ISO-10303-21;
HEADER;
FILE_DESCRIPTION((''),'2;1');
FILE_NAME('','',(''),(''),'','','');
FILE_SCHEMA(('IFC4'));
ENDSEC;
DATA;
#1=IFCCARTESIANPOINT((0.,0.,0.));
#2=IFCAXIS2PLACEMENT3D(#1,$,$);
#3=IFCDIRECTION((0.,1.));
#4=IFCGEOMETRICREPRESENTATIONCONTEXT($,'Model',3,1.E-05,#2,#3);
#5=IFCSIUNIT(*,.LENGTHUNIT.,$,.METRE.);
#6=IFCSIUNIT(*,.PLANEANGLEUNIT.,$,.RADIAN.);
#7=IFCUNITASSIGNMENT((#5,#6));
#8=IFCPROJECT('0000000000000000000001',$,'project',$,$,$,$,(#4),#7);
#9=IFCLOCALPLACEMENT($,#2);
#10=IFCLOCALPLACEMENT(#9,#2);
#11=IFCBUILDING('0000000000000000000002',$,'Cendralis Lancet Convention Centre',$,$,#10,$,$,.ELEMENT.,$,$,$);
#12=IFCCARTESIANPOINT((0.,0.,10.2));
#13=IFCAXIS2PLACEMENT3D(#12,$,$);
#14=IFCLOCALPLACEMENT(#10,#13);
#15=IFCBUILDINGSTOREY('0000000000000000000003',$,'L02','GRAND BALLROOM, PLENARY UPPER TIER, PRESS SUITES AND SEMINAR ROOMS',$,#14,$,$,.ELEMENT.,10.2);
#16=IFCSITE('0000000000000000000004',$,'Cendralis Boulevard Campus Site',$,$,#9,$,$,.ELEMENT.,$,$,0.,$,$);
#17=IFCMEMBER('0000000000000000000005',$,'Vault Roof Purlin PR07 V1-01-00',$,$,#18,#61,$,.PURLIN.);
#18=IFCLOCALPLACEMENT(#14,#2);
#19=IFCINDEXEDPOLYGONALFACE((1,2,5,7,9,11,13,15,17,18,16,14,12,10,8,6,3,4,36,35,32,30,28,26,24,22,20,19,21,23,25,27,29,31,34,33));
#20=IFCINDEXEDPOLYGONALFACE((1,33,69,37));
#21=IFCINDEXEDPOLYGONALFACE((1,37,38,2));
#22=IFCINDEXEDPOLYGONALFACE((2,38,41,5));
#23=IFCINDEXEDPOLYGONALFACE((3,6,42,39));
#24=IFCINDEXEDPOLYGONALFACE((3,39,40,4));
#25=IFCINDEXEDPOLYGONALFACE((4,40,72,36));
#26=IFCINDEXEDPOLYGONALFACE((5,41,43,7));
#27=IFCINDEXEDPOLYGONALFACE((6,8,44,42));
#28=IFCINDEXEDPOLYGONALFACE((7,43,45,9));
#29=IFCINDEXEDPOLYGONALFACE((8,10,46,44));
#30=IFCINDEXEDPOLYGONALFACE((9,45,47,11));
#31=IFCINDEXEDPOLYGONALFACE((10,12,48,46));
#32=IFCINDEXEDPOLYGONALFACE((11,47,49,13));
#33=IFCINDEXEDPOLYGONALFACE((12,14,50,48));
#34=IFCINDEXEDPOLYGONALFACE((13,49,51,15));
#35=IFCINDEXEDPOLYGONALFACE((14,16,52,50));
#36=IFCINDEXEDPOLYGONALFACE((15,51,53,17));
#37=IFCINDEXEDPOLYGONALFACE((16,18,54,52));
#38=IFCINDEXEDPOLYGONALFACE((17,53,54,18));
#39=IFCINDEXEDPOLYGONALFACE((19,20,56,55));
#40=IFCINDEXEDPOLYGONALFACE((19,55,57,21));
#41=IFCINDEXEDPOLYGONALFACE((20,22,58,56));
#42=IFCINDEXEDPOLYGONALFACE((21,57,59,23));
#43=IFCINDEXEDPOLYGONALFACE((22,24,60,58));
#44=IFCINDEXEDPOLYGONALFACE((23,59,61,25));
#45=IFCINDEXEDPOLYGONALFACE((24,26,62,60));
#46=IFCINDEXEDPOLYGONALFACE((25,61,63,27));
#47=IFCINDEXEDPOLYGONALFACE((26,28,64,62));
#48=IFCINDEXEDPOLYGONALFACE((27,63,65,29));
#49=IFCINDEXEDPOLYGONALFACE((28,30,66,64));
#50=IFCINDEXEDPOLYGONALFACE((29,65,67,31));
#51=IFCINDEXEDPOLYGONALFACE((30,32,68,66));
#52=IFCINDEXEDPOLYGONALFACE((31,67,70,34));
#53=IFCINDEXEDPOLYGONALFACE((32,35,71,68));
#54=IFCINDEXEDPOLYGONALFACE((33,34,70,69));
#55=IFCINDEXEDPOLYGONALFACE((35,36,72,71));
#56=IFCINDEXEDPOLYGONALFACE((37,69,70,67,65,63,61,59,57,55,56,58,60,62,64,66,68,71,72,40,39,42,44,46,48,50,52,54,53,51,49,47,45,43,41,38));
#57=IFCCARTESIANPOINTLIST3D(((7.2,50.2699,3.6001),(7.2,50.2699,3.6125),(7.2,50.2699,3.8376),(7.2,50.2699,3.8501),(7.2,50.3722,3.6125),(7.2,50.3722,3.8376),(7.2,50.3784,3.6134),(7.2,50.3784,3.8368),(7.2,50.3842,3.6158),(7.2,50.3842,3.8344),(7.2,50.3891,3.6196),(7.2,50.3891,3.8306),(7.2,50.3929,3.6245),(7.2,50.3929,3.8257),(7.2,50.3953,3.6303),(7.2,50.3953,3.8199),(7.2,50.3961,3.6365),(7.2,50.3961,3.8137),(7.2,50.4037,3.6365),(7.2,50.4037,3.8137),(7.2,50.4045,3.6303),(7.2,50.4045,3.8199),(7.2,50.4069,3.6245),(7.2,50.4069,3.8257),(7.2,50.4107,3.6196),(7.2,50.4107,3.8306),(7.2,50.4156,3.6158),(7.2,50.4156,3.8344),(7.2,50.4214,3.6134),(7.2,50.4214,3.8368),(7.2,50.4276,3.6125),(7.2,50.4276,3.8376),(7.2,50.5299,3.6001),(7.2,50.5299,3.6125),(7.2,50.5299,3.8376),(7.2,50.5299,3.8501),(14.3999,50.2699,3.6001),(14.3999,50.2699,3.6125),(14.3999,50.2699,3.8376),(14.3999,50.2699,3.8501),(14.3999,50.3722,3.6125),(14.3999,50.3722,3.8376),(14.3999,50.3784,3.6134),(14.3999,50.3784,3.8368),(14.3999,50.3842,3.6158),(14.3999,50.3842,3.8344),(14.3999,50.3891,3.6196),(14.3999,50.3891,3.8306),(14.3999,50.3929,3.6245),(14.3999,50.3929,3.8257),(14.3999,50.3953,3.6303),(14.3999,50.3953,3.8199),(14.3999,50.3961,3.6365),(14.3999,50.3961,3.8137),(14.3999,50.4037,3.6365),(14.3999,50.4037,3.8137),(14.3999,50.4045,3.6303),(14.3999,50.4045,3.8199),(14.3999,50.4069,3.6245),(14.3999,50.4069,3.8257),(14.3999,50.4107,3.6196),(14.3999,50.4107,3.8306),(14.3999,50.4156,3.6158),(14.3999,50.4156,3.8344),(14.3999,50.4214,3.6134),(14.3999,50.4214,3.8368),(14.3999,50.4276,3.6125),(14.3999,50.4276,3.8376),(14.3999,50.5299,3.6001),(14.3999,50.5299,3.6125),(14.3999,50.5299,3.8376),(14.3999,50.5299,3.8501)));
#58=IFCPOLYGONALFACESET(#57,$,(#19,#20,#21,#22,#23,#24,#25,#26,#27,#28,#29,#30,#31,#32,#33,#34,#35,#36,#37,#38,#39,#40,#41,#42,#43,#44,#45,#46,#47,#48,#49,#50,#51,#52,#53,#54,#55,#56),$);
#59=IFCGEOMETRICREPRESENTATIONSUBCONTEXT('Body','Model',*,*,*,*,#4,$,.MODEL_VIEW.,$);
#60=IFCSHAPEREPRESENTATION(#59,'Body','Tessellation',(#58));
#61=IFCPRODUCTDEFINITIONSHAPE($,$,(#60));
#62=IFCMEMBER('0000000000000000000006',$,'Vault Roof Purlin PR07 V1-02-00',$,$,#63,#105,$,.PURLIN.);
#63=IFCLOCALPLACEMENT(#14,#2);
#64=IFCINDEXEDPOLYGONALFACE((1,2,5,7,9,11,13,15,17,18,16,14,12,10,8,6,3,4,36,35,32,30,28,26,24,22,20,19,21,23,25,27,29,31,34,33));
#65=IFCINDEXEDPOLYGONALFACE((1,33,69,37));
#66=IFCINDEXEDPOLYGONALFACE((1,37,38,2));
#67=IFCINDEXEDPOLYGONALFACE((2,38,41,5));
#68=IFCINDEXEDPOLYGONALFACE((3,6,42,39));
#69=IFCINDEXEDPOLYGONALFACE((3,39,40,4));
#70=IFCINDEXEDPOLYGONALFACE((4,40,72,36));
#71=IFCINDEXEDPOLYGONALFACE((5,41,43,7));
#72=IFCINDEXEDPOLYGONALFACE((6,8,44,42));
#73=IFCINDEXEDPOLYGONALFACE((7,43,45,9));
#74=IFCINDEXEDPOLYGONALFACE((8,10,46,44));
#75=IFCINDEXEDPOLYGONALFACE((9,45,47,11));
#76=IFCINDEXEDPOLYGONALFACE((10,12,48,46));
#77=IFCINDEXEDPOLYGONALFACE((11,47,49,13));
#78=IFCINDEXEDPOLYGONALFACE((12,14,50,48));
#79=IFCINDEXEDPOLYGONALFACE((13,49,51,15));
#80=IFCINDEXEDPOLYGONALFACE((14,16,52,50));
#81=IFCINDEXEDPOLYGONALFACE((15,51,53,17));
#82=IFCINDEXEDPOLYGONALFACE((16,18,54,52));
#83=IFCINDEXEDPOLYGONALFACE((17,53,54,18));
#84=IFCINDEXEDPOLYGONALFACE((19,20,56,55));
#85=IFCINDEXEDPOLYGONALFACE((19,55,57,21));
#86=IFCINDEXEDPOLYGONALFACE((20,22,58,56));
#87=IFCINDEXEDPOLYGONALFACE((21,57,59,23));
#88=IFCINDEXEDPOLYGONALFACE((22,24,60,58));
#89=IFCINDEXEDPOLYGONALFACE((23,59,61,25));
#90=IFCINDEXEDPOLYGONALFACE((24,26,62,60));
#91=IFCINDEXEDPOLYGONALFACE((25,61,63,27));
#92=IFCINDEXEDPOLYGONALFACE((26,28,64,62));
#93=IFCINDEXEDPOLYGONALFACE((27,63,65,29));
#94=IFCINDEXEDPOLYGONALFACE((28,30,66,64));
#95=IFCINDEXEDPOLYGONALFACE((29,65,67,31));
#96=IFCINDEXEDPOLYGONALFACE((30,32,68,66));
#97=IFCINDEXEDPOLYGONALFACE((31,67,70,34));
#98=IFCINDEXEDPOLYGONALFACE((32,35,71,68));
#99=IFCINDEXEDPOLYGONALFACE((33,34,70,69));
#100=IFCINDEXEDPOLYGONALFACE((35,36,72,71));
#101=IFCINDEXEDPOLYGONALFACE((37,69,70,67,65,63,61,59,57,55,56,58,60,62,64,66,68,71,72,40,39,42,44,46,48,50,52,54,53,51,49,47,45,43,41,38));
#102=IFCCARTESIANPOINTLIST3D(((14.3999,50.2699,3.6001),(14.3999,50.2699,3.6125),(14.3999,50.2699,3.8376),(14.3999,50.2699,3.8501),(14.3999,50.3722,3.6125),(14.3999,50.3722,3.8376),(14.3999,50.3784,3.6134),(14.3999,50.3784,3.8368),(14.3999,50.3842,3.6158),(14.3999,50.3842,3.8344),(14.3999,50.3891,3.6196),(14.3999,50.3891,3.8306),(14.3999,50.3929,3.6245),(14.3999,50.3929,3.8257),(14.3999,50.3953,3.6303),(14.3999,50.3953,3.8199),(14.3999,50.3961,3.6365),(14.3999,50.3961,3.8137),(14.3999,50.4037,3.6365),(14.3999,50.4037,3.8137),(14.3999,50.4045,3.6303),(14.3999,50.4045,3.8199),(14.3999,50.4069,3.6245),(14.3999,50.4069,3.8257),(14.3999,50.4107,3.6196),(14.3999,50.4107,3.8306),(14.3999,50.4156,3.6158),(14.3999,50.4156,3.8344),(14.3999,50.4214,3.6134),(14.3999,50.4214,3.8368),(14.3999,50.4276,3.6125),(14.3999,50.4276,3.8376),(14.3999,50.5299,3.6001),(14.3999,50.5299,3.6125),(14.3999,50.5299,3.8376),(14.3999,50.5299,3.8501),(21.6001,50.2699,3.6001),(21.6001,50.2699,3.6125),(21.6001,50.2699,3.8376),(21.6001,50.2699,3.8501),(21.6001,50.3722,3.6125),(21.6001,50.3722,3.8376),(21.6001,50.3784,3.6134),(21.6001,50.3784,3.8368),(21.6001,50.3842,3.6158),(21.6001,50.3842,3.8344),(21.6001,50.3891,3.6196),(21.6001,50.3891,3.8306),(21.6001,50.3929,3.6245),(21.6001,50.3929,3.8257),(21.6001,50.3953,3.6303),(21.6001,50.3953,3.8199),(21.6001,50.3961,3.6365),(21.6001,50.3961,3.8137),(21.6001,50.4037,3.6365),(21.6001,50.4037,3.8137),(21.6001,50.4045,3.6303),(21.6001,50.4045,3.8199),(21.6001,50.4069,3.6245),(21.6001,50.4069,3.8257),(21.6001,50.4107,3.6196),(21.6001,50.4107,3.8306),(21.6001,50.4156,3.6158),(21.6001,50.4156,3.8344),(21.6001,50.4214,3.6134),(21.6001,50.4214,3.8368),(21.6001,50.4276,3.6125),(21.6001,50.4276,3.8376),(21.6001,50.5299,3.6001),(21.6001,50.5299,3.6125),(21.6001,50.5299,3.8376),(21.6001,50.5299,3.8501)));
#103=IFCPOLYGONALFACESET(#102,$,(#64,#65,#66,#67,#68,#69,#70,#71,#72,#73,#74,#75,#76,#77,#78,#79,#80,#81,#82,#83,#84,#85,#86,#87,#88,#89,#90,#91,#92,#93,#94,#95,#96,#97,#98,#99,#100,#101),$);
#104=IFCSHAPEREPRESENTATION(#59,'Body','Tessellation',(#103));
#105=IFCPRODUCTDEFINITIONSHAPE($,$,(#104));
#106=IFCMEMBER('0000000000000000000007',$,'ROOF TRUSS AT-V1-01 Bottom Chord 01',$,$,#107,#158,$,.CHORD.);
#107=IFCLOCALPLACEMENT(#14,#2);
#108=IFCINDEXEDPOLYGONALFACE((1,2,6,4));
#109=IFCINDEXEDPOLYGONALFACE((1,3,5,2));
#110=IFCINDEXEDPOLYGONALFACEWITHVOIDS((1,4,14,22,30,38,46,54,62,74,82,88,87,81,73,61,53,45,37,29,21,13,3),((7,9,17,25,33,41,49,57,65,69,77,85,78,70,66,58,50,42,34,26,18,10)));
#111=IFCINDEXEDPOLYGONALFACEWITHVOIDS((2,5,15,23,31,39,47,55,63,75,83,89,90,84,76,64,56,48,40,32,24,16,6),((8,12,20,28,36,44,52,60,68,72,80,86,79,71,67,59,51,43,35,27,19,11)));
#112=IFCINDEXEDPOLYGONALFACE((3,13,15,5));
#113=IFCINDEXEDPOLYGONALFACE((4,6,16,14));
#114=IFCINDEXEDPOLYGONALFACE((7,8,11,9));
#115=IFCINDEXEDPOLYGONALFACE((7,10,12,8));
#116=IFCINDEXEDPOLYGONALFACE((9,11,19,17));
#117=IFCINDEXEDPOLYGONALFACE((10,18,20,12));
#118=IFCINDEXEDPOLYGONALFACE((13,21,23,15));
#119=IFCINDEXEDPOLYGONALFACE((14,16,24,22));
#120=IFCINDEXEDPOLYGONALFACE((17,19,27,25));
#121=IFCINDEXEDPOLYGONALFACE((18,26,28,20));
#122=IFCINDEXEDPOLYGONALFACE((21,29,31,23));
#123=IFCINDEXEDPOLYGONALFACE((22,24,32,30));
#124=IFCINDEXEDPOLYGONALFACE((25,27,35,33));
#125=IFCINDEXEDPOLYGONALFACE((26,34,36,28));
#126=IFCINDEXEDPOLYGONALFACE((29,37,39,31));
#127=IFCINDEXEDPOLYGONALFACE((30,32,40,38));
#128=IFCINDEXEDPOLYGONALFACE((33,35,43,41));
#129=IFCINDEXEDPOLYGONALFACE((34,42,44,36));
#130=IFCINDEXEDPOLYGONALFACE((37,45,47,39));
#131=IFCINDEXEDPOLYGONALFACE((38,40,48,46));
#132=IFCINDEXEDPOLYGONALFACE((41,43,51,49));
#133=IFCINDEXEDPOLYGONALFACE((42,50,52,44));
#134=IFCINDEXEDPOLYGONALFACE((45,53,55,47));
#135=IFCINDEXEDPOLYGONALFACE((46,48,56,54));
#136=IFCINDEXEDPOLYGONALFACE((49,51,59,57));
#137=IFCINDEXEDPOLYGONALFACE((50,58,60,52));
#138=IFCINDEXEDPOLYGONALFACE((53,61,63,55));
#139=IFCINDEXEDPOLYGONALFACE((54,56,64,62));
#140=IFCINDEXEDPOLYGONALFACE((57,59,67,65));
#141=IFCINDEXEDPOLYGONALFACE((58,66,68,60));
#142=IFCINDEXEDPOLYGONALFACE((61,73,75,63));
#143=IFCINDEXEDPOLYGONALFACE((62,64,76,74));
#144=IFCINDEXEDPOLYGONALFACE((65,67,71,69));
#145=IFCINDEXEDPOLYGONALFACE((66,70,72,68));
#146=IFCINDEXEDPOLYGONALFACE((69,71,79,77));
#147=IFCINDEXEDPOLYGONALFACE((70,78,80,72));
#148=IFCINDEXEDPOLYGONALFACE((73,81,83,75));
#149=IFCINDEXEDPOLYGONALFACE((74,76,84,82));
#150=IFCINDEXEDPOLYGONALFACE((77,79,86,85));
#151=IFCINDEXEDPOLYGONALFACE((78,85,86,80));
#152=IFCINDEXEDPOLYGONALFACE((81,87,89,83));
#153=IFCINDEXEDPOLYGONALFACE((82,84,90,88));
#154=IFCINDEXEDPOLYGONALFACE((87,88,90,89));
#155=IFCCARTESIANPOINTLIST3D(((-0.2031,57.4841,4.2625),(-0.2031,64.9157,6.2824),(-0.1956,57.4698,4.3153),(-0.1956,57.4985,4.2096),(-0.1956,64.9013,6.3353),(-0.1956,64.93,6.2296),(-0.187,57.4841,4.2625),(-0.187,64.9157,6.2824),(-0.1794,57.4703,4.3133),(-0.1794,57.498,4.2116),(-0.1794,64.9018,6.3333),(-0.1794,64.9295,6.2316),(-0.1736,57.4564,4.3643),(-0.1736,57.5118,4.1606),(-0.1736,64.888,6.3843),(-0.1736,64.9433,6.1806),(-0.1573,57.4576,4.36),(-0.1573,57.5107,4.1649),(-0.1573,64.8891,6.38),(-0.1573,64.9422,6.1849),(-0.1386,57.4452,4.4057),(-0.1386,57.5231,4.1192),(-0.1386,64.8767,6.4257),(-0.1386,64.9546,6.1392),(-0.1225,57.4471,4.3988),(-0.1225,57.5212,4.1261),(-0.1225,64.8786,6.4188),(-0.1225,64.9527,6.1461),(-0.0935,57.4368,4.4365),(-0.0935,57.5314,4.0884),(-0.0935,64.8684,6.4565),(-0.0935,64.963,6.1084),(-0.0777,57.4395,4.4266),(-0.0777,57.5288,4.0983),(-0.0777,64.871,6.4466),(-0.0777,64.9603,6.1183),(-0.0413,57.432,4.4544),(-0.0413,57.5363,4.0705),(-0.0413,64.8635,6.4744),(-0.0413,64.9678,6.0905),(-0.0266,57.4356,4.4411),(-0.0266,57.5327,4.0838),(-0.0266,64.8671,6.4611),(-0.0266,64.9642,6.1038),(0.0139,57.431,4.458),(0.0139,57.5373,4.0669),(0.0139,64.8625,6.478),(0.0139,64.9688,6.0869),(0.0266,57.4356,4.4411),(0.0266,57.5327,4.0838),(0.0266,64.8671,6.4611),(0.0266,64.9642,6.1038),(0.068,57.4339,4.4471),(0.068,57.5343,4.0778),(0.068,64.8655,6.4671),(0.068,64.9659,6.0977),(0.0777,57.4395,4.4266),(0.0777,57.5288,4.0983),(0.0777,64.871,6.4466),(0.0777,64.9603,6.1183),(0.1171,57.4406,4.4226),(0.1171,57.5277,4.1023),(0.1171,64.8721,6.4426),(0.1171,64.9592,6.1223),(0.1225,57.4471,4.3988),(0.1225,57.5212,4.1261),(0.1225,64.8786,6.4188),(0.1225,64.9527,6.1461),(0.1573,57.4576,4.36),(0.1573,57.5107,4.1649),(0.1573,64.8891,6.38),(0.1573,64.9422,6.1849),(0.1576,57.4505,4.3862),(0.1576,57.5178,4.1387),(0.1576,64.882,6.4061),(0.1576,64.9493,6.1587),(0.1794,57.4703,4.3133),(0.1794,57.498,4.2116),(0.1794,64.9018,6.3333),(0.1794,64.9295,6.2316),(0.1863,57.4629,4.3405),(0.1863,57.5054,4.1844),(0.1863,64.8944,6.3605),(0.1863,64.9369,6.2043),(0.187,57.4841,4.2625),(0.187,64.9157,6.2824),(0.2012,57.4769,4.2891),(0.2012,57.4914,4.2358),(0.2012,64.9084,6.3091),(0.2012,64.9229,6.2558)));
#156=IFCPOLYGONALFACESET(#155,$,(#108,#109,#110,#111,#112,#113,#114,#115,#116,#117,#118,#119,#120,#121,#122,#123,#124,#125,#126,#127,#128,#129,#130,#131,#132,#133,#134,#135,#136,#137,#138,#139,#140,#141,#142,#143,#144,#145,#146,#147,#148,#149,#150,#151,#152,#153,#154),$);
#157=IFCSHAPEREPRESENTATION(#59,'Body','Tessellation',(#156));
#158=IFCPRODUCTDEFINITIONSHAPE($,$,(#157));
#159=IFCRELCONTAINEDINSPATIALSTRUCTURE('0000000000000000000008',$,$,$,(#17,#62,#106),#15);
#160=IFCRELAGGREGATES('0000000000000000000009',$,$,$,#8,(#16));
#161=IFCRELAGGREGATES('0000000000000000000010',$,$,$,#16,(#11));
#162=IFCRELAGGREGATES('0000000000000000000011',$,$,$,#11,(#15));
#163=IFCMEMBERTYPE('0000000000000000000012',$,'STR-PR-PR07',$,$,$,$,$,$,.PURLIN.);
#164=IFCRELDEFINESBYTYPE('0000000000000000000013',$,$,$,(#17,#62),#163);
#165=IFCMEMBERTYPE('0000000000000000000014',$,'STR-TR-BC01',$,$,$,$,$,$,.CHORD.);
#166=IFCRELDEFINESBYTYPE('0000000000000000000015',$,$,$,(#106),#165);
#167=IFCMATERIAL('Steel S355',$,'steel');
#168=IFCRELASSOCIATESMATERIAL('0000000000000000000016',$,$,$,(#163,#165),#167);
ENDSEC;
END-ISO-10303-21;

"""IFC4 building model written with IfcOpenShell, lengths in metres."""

from ifc_helpers import new_model, si_unit, direction, frame, origin, origin_2d, place, context, subcontext, project, spatial, hollow_circle, i_section, extrude, material, material_profile, profile_set, type_object, element, save


model = new_model("IFC4")

# Units and contexts
model_context = context("Model", 3, precision=1e-05, world=origin(), true_north=direction((0.0, 1.0)))
body_context = subcontext(model_context, "Body", "Model", "MODEL_VIEW")
ifc_project = project(units=[si_unit("LENGTHUNIT", "METRE"), si_unit("PLANEANGLEUNIT", "RADIAN")], contexts=[model_context])

# Site, building, storey
site_placement = place(None, origin())
site = spatial("IfcSite", under=ifc_project, at=site_placement, Name="Cendralis Boulevard Campus Site", CompositionType="ELEMENT", RefElevation=0.0)
building_placement = place(site_placement, origin())
building = spatial("IfcBuilding", under=site, at=building_placement, Name="Cendralis Lancet Convention Centre", CompositionType="ELEMENT")
storey_placement = place(building_placement, frame((0.0, 0.0, 10.2)))
storey = spatial("IfcBuildingStorey", under=building, at=storey_placement, Name="L02", Description="GRAND BALLROOM, PLENARY UPPER TIER, PRESS SUITES AND SEMINAR ROOMS", CompositionType="ELEMENT", Elevation=10.2)

# Members
ifc_material_1 = material(Name="Steel S355", Category="steel")
ifc_material_profile_1 = material_profile(ifc_material_1, i_section(OverallWidth=0.26, OverallDepth=0.25, WebThickness=0.0076, FlangeThickness=0.0125, FilletRadius=0.0239, at=origin_2d()), Name="HEA 260")
ifc_profile_set_1 = profile_set([ifc_material_profile_1], Name="Steel S355")
member_type_1 = type_object("IfcMemberType", Name="STR-PR-PR07", PredefinedType="PURLIN", material=ifc_profile_set_1)
for number, where, z_axis, x_axis, name in (
    (1, (7.2, 50.3999, 3.7251), (1.0, 0.0, 0.0), (0.0, 1.0, 0.0), "Vault Roof Purlin PR07 V1-01-00"),
):
    element("IfcMember", number, at=place(storey_placement, frame(where, z_axis=z_axis, x_axis=x_axis)), inside=storey, type_object=member_type_1, Name=name, PredefinedType="PURLIN", context=body_context, shape_type="SweptSolid", body=[
        extrude(i_section(OverallWidth=0.26, OverallDepth=0.25, WebThickness=0.0076, FlangeThickness=0.0125, FilletRadius=0.0239, at=origin_2d()), origin(), (0.0, 0.0, 1.0), 7.2),
    ])
member_1_placement = place(storey_placement, frame((14.3999, 50.3999, 3.7251), z_axis=(1.0, 0.0, 0.0), x_axis=(0.0, 1.0, 0.0)))
element("IfcMember", 2, at=member_1_placement, inside=storey, type_object=member_type_1, Name="Vault Roof Purlin PR07 V1-02-00", PredefinedType="PURLIN", context=body_context, shape_type="SweptSolid", body=[
    extrude(i_section(OverallWidth=0.26, OverallDepth=0.25, WebThickness=0.0076, FlangeThickness=0.0125, FilletRadius=0.0239, at=origin_2d()), origin(), (0.0, 0.0, 1.0), 7.2002),
])
ifc_material_profile_2 = material_profile(ifc_material_1, hollow_circle(Radius=0.2031, WallThickness=0.0161, at=origin_2d()), Name="CHS 406.4x16.0")
ifc_profile_set_2 = profile_set([ifc_material_profile_2], Name="Steel S355")
member_type_2 = type_object("IfcMemberType", Name="STR-TR-BC01", PredefinedType="CHORD", material=ifc_profile_set_2)
member_2_placement = place(storey_placement, frame((0.0, 57.4841, 4.2625), z_axis=(0.0, 0.964987, 0.262296), x_axis=(-1.0, 0.0, 0.0)))
element("IfcMember", 3, at=member_2_placement, inside=storey, type_object=member_type_2, Name="ROOF TRUSS AT-V1-01 Bottom Chord 01", PredefinedType="CHORD", context=body_context, shape_type="SweptSolid", body=[
    extrude(hollow_circle(Radius=0.2031, WallThickness=0.0161, at=origin_2d()), origin(), (0.0, 0.0, 1.0), 7.7012),
])

save(model, "model.ifc")
